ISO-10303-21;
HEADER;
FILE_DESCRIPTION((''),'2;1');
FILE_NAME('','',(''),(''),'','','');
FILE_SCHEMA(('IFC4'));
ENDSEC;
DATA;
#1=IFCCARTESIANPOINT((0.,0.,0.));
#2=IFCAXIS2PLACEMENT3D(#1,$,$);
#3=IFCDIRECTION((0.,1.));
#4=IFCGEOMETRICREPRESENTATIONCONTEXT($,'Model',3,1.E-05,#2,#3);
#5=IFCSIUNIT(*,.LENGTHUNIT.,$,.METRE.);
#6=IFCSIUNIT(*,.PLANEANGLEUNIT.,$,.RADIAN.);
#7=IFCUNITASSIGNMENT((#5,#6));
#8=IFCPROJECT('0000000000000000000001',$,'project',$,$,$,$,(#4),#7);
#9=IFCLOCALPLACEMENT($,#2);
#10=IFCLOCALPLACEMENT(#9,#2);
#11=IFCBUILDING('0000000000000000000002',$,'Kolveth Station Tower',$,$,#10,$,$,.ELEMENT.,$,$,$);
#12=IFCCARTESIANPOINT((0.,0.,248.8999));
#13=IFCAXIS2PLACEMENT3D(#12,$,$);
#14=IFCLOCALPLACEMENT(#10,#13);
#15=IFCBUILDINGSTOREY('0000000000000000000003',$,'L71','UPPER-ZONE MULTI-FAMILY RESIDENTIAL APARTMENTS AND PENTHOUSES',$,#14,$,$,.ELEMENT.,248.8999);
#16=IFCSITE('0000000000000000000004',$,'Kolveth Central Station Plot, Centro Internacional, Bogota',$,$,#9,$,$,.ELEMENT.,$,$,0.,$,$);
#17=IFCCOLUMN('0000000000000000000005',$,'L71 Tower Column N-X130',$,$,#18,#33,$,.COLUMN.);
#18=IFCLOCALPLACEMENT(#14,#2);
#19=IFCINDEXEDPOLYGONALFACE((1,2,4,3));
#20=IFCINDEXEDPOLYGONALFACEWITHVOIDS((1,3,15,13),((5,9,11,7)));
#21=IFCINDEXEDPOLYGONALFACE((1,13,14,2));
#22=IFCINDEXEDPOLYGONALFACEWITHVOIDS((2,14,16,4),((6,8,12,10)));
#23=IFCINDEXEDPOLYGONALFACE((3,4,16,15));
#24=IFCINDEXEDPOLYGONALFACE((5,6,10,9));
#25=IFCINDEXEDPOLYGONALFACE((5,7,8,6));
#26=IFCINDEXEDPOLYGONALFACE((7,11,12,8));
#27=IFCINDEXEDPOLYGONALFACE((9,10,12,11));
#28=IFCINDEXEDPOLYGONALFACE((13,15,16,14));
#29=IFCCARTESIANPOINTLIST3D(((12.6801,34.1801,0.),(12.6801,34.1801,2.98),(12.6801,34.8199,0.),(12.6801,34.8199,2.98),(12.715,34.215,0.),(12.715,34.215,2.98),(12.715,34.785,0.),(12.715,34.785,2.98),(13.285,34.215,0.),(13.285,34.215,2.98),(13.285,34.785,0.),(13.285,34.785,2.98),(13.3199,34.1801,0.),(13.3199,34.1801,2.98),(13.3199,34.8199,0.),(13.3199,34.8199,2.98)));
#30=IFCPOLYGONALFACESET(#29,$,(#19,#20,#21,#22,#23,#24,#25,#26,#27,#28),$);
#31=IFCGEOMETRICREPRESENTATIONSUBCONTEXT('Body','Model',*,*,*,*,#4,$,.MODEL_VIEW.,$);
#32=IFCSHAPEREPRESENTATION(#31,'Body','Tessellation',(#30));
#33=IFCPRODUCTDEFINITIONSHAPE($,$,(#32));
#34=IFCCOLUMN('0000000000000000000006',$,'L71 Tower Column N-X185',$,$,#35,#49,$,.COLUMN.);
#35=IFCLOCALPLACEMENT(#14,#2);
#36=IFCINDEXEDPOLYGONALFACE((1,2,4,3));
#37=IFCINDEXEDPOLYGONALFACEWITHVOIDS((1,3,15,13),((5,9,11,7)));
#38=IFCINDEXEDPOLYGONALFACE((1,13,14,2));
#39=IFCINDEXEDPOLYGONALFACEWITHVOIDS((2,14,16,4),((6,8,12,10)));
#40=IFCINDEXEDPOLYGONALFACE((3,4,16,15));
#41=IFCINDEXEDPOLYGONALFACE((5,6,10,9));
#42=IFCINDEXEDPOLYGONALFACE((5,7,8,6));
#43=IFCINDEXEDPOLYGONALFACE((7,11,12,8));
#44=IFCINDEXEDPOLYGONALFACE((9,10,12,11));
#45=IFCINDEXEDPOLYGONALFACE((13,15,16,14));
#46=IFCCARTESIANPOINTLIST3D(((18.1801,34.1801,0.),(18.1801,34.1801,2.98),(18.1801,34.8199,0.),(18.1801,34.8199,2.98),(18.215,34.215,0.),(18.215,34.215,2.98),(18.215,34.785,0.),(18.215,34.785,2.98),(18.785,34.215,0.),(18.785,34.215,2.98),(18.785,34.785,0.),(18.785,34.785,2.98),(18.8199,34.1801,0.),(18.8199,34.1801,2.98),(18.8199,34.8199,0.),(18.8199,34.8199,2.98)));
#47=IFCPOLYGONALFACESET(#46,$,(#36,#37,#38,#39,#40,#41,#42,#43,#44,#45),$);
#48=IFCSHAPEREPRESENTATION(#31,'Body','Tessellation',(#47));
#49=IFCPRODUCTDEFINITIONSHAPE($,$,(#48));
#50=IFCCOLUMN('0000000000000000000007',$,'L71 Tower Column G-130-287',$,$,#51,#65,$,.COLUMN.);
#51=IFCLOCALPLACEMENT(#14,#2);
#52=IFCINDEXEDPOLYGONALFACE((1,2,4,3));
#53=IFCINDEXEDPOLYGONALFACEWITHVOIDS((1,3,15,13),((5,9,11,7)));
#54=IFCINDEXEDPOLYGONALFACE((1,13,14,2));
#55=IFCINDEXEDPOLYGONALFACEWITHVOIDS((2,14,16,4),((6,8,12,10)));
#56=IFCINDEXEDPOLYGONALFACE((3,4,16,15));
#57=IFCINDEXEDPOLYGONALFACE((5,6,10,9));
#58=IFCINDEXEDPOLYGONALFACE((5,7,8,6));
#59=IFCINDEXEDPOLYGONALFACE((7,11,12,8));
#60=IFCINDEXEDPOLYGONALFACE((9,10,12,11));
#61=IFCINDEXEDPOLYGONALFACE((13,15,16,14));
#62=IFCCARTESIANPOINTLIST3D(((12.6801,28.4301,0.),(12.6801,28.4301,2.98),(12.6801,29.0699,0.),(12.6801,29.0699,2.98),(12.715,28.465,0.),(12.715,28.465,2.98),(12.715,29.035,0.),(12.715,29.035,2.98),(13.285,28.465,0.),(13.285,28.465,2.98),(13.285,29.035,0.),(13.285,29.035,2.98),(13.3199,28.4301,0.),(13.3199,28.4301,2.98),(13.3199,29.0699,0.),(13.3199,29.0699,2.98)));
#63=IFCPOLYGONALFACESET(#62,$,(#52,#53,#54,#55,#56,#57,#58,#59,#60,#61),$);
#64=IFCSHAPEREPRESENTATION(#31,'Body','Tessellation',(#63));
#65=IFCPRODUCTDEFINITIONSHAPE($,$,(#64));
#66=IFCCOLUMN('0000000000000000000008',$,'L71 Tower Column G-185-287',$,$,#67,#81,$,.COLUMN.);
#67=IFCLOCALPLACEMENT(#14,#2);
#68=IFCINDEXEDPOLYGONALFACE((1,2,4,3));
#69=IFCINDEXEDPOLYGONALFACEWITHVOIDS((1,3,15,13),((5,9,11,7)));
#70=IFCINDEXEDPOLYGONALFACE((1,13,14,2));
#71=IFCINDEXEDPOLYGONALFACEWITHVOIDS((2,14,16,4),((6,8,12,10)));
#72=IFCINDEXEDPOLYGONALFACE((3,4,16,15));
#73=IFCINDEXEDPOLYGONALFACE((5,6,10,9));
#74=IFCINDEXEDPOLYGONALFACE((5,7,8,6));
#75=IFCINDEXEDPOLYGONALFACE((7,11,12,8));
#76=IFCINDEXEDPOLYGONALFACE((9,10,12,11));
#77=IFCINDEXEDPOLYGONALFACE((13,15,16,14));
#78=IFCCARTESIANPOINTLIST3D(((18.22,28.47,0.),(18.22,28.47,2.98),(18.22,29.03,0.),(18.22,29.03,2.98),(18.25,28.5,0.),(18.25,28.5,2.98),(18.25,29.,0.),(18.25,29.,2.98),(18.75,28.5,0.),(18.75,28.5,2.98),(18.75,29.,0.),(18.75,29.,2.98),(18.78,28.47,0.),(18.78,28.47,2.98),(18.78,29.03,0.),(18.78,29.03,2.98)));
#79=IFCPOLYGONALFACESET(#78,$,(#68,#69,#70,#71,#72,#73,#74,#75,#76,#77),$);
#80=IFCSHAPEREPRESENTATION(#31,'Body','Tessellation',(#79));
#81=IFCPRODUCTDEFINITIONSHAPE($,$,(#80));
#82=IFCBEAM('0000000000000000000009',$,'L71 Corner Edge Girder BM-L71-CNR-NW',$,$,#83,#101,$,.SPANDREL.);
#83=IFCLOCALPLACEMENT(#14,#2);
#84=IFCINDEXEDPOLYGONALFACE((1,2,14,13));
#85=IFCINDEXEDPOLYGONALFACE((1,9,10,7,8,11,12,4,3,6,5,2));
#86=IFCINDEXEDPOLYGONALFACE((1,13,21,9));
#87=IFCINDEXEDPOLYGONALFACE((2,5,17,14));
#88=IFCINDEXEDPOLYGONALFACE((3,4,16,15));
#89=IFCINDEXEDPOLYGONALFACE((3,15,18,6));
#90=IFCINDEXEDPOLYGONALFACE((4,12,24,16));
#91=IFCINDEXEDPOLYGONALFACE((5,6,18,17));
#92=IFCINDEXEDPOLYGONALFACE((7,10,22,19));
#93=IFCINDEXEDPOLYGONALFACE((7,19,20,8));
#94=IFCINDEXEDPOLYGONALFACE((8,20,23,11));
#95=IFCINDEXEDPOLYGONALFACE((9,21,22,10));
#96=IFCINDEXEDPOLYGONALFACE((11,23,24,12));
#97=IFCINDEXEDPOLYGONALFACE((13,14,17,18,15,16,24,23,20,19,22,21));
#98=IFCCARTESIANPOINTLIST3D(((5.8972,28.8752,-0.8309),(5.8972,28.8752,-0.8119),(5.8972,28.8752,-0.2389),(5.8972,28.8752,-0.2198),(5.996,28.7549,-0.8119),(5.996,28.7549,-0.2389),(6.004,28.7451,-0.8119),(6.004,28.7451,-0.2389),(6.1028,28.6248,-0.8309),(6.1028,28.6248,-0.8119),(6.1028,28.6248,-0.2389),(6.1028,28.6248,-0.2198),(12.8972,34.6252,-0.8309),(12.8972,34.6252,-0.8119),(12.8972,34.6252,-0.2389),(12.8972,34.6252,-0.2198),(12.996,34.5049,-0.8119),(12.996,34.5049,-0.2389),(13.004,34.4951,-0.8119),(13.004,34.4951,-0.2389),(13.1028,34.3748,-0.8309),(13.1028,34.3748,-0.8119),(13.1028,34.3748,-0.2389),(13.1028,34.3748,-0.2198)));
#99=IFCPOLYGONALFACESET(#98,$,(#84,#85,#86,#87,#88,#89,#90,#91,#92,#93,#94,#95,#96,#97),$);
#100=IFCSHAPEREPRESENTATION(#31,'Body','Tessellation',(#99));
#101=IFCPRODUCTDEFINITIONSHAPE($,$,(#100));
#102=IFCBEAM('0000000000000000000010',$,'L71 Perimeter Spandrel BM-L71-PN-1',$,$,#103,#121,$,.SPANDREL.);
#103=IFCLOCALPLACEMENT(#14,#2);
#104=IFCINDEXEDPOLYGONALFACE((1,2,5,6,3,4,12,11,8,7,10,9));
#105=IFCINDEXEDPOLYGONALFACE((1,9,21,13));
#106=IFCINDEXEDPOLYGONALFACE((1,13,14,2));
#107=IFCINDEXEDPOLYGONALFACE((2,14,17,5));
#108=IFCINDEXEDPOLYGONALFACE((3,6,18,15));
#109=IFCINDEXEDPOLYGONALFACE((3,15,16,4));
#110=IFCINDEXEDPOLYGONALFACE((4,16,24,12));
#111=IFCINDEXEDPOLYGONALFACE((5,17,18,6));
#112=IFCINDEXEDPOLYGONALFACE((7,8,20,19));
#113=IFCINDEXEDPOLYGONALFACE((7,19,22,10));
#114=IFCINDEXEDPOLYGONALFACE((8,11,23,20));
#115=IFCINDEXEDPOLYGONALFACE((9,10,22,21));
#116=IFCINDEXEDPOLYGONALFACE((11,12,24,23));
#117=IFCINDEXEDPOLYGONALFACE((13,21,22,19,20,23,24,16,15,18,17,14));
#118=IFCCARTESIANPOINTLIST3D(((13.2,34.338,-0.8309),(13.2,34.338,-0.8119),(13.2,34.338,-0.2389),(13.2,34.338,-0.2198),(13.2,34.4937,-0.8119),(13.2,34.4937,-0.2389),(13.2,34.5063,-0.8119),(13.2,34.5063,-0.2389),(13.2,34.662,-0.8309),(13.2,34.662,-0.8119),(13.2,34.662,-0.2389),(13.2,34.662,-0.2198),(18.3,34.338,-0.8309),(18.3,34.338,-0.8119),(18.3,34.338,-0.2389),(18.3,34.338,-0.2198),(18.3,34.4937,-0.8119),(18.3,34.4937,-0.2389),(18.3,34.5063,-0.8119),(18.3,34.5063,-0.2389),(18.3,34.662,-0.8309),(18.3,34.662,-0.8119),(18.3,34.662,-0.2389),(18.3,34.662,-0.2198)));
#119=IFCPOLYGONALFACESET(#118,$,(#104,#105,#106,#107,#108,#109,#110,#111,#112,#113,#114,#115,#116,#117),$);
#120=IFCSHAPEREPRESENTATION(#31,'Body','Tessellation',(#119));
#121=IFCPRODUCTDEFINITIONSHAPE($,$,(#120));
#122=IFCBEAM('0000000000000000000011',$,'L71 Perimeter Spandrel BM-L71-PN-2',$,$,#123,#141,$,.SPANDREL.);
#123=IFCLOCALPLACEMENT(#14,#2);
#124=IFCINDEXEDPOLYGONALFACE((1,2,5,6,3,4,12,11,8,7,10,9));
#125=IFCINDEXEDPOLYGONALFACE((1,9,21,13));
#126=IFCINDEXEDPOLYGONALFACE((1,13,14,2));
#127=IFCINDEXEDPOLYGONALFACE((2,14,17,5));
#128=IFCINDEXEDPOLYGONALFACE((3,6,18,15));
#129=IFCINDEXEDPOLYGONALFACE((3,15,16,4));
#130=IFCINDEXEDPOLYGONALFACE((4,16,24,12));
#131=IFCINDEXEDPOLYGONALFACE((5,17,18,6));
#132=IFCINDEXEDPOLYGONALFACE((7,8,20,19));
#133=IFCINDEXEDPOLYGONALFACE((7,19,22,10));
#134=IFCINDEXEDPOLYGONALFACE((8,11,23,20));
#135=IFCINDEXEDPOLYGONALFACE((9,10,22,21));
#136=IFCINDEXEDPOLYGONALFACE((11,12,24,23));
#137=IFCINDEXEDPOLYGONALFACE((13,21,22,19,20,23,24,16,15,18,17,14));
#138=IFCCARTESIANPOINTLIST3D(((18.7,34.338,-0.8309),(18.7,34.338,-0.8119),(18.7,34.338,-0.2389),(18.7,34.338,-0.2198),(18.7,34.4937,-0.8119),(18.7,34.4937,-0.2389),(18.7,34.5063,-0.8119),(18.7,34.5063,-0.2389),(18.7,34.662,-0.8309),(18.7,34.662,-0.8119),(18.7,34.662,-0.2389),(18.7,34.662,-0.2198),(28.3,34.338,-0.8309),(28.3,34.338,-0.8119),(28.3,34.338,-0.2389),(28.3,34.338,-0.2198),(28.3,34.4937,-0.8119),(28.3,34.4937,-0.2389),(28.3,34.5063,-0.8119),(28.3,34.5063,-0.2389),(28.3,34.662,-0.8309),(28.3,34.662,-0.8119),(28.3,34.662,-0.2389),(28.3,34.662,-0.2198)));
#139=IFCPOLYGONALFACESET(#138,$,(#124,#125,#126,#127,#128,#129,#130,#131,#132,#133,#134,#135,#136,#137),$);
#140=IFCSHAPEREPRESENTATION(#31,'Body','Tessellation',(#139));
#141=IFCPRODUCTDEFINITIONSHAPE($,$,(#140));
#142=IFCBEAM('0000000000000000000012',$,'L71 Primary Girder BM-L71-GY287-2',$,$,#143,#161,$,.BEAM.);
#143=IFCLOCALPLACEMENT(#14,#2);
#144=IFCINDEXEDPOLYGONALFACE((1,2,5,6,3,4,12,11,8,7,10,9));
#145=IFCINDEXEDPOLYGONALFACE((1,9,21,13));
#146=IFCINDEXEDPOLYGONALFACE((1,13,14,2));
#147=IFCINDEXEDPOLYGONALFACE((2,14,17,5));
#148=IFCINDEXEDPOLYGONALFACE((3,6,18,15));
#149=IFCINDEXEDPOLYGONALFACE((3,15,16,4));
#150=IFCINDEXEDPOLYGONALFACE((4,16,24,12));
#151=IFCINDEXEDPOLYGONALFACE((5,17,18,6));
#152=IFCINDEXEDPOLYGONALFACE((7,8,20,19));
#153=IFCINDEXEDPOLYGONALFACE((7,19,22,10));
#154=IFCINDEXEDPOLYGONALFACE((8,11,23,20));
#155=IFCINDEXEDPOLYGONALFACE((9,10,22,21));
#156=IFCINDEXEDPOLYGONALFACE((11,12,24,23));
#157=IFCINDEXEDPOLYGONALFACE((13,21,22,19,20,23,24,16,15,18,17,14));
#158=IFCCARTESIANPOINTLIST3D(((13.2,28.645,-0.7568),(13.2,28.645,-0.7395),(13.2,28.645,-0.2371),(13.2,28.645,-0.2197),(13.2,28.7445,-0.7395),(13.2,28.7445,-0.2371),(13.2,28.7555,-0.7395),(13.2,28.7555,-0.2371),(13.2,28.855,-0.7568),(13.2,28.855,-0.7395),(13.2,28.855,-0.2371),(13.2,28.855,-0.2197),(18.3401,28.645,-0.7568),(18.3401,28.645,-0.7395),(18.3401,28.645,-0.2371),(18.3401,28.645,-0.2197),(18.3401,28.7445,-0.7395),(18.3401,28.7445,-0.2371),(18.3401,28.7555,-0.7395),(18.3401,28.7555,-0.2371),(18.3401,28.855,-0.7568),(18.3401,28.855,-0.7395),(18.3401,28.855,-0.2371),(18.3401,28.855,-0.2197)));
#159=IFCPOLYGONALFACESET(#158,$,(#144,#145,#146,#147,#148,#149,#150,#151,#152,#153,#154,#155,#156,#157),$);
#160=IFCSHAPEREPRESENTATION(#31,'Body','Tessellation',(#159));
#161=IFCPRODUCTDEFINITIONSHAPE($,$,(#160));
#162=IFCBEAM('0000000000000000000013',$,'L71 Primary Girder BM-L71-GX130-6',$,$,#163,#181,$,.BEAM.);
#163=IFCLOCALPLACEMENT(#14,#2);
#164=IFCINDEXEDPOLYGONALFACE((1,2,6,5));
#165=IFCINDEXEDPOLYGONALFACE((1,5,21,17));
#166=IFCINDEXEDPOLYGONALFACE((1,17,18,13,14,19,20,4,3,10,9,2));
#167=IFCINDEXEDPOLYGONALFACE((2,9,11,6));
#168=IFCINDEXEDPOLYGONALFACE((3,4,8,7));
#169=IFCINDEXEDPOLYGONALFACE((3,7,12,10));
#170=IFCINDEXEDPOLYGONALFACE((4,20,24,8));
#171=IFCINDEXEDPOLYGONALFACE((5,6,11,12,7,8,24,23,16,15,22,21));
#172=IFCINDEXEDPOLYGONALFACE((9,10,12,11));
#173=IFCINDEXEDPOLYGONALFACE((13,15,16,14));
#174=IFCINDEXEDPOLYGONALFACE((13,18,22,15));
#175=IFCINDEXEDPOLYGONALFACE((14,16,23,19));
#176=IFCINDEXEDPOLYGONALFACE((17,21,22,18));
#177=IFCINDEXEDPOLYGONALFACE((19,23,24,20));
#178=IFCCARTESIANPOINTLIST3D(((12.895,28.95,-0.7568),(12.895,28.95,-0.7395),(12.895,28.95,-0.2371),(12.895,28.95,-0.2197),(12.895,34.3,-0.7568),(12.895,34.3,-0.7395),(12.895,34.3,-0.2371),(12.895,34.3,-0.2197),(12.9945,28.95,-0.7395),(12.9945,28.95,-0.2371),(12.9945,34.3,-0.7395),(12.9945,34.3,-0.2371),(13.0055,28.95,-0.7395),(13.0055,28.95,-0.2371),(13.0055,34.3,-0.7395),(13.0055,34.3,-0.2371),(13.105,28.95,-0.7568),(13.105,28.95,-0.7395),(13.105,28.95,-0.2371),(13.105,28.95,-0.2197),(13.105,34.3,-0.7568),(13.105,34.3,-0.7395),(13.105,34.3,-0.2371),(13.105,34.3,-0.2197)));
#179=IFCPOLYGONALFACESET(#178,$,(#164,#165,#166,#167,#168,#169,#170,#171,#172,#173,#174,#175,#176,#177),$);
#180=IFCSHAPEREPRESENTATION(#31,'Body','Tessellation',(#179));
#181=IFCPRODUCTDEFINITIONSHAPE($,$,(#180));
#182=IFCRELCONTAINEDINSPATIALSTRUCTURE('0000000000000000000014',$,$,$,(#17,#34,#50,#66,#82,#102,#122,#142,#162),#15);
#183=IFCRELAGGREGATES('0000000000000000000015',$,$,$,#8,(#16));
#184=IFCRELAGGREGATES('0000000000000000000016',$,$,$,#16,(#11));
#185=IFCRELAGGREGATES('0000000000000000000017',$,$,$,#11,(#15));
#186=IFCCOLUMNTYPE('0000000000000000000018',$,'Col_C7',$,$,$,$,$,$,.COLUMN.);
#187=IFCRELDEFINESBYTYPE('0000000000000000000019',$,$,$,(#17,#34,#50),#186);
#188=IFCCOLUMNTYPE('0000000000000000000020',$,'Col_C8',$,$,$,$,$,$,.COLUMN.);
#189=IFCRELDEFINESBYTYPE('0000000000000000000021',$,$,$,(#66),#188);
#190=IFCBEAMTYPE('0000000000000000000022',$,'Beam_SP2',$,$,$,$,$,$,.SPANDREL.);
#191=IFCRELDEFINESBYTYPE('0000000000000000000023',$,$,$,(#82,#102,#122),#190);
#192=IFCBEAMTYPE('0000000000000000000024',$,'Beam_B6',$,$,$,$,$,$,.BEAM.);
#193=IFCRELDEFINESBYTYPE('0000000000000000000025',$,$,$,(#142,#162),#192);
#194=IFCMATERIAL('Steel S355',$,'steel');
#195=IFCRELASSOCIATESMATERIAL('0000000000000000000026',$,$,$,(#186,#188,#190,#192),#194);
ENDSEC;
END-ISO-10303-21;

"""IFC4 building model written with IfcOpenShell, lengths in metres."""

from ifc_helpers import new_model, si_unit, direction, frame, origin, origin_2d, place, context, subcontext, project, spatial, hollow_rectangle, i_section, extrude, source, transform, mapped, material, material_profile, profile_set, type_object, element, save


model = new_model("IFC4")

# Units and contexts
model_context = context("Model", 3, precision=1e-05, world=origin(), true_north=direction((0.0, 1.0)))
body_context = subcontext(model_context, "Body", "Model", "MODEL_VIEW")
ifc_project = project(units=[si_unit("LENGTHUNIT", "METRE"), si_unit("PLANEANGLEUNIT", "RADIAN")], contexts=[model_context])

# Site, building, storey
site_placement = place(None, origin())
site = spatial("IfcSite", under=ifc_project, at=site_placement, Name="Kolveth Central Station Plot, Centro Internacional, Bogota", CompositionType="ELEMENT", RefElevation=0.0)
building_placement = place(site_placement, origin())
building = spatial("IfcBuilding", under=site, at=building_placement, Name="Kolveth Station Tower", CompositionType="ELEMENT")
storey_placement = place(building_placement, frame((0.0, 0.0, 248.8999)))
storey = spatial("IfcBuildingStorey", under=building, at=storey_placement, Name="L71", Description="UPPER-ZONE MULTI-FAMILY RESIDENTIAL APARTMENTS AND PENTHOUSES", CompositionType="ELEMENT", Elevation=248.8999)

# Columns
ifc_material_1 = material(Name="Steel S355", Category="steel")
ifc_material_profile_1 = material_profile(ifc_material_1, hollow_rectangle(XDim=0.6399, YDim=0.6399, WallThickness=0.0349, at=origin_2d()), Name="BOX640x640x35")
ifc_profile_set_1 = profile_set([ifc_material_profile_1], Name="Steel S355")
column_type_1 = type_object("IfcColumnType", Name="Col_C7", PredefinedType="COLUMN", material=ifc_profile_set_1)
shared_shape_1 = source(origin(), body_context, "Body", "SweptSolid", [
    extrude(hollow_rectangle(XDim=0.6399, YDim=0.6399, WallThickness=0.0349, at=origin_2d()), origin(), (0.0, 0.0, 1.0), 2.98),
])
for number, where, z_axis, x_axis, name in (
    (1, (13.0, 34.5, 0.0), (0.0, 0.0, 1.0), (1.0, 0.0, 0.0), "L71 Tower Column N-X130"),
    (2, (18.5, 34.5, 0.0), (0.0, 0.0, 1.0), (1.0, 0.0, 0.0), "L71 Tower Column N-X185"),
    (3, (13.0, 28.75, 0.0), (0.0, 0.0, 1.0), (1.0, 0.0, 0.0), "L71 Tower Column G-130-287"),
):
    element("IfcColumn", number, at=place(storey_placement, frame(where, z_axis=z_axis, x_axis=x_axis)), inside=storey, type_object=column_type_1, Name=name, PredefinedType="COLUMN", context=body_context, shape_type="MappedRepresentation", body=[
        mapped(shared_shape_1, transform((0.0, 0.0, 0.0), x_axis=(1.0, 0.0, 0.0), y_axis=(0.0, 1.0, 0.0), z_axis=(0.0, 0.0, 1.0), scale=1.0)),
    ])
ifc_material_profile_2 = material_profile(ifc_material_1, hollow_rectangle(XDim=0.5601, YDim=0.5601, WallThickness=0.03, at=origin_2d()), Name="BOX560x560x30")
ifc_profile_set_2 = profile_set([ifc_material_profile_2], Name="Steel S355")
column_type_2 = type_object("IfcColumnType", Name="Col_C8", PredefinedType="COLUMN", material=ifc_profile_set_2)
shared_shape_2 = source(origin(), body_context, "Body", "SweptSolid", [
    extrude(hollow_rectangle(XDim=0.5601, YDim=0.5601, WallThickness=0.03, at=origin_2d()), origin(), (0.0, 0.0, 1.0), 2.98),
])
column_placement = place(storey_placement, frame((18.5, 28.75, 0.0), z_axis=(0.0, 0.0, 1.0), x_axis=(1.0, 0.0, 0.0)))
element("IfcColumn", 4, at=column_placement, inside=storey, type_object=column_type_2, Name="L71 Tower Column G-185-287", PredefinedType="COLUMN", context=body_context, shape_type="MappedRepresentation", body=[
    mapped(shared_shape_2, transform((0.0, 0.0, 0.0), x_axis=(1.0, 0.0, 0.0), y_axis=(0.0, 1.0, 0.0), z_axis=(0.0, 0.0, 1.0), scale=1.0)),
])

# Beams
ifc_material_profile_3 = material_profile(ifc_material_1, i_section(OverallWidth=0.324, OverallDepth=0.6111, WebThickness=0.0127, FlangeThickness=0.019, at=origin_2d()), Name="W610x155")
ifc_profile_set_3 = profile_set([ifc_material_profile_3], Name="Steel S355")
beam_type_1 = type_object("IfcBeamType", Name="Beam_SP2", PredefinedType="SPANDREL", material=ifc_profile_set_3)
shared_shape_3 = source(origin(), body_context, "Body", "SweptSolid", [
    extrude(i_section(OverallWidth=0.324, OverallDepth=0.6111, WebThickness=0.0127, FlangeThickness=0.019, at=origin_2d()), origin(), (0.0, 0.0, 1.0), 9.0588),
])
beam_1_placement = place(storey_placement, frame((13.0, 34.5, -0.5254), z_axis=(-0.772726, -0.634739, 0.0), x_axis=(0.634739, -0.772726, 0.0)))
element("IfcBeam", 5, at=beam_1_placement, inside=storey, type_object=beam_type_1, Name="L71 Corner Edge Girder BM-L71-CNR-NW", PredefinedType="SPANDREL", context=body_context, shape_type="MappedRepresentation", body=[
    mapped(shared_shape_3, transform((0.0, 0.0, 0.0), x_axis=(1.0, 0.0, 0.0), y_axis=(0.0, 1.0, 0.0), z_axis=(0.0, 0.0, 1.0), scale=1.0)),
])
shared_shape_4 = source(origin(), body_context, "Body", "SweptSolid", [
    extrude(i_section(OverallWidth=0.324, OverallDepth=0.6111, WebThickness=0.0127, FlangeThickness=0.019, at=origin_2d()), origin(), (0.0, 0.0, 1.0), 5.1001),
])
beam_2_placement = place(storey_placement, frame((13.2, 34.5, -0.5254), z_axis=(1.0, 0.0, 0.0), x_axis=(0.0, 1.0, 0.0)))
element("IfcBeam", 6, at=beam_2_placement, inside=storey, type_object=beam_type_1, Name="L71 Perimeter Spandrel BM-L71-PN-1", PredefinedType="SPANDREL", context=body_context, shape_type="MappedRepresentation", body=[
    mapped(shared_shape_4, transform((0.0, 0.0, 0.0), x_axis=(1.0, 0.0, 0.0), y_axis=(0.0, 1.0, 0.0), z_axis=(0.0, 0.0, 1.0), scale=1.0)),
])
shared_shape_5 = source(origin(), body_context, "Body", "SweptSolid", [
    extrude(i_section(OverallWidth=0.324, OverallDepth=0.6111, WebThickness=0.0127, FlangeThickness=0.019, at=origin_2d()), origin(), (0.0, 0.0, 1.0), 9.6001),
])
beam_3_placement = place(storey_placement, frame((18.7, 34.5, -0.5254), z_axis=(1.0, 0.0, 0.0), x_axis=(0.0, 1.0, 0.0)))
element("IfcBeam", 7, at=beam_3_placement, inside=storey, type_object=beam_type_1, Name="L71 Perimeter Spandrel BM-L71-PN-2", PredefinedType="SPANDREL", context=body_context, shape_type="MappedRepresentation", body=[
    mapped(shared_shape_5, transform((0.0, 0.0, 0.0), x_axis=(1.0, 0.0, 0.0), y_axis=(0.0, 1.0, 0.0), z_axis=(0.0, 0.0, 1.0), scale=1.0)),
])
ifc_material_profile_4 = material_profile(ifc_material_1, i_section(OverallWidth=0.21, OverallDepth=0.5371, WebThickness=0.011, FlangeThickness=0.0173, at=origin_2d()), Name="W530x101")
ifc_profile_set_4 = profile_set([ifc_material_profile_4], Name="Steel S355")
beam_type_2 = type_object("IfcBeamType", Name="Beam_B6", PredefinedType="BEAM", material=ifc_profile_set_4)
shared_shape_6 = source(origin(), body_context, "Body", "SweptSolid", [
    extrude(i_section(OverallWidth=0.21, OverallDepth=0.5371, WebThickness=0.011, FlangeThickness=0.0173, at=origin_2d()), origin(), (0.0, 0.0, 1.0), 5.1401),
])
beam_4_placement = place(storey_placement, frame((13.2, 28.75, -0.4883), z_axis=(1.0, 0.0, 0.0), x_axis=(0.0, 1.0, 0.0)))
element("IfcBeam", 8, at=beam_4_placement, inside=storey, type_object=beam_type_2, Name="L71 Primary Girder BM-L71-GY287-2", PredefinedType="BEAM", context=body_context, shape_type="MappedRepresentation", body=[
    mapped(shared_shape_6, transform((0.0, 0.0, 0.0), x_axis=(1.0, 0.0, 0.0), y_axis=(0.0, 1.0, 0.0), z_axis=(0.0, 0.0, 1.0), scale=1.0)),
])
shared_shape_7 = source(origin(), body_context, "Body", "SweptSolid", [
    extrude(i_section(OverallWidth=0.21, OverallDepth=0.5371, WebThickness=0.011, FlangeThickness=0.0173, at=origin_2d()), origin(), (0.0, 0.0, 1.0), 5.3501),
])
beam_5_placement = place(storey_placement, frame((13.0, 28.95, -0.4883), z_axis=(0.0, 1.0, 0.0), x_axis=(-1.0, 0.0, 0.0)))
element("IfcBeam", 9, at=beam_5_placement, inside=storey, type_object=beam_type_2, Name="L71 Primary Girder BM-L71-GX130-6", PredefinedType="BEAM", context=body_context, shape_type="MappedRepresentation", body=[
    mapped(shared_shape_7, transform((0.0, 0.0, 0.0), x_axis=(1.0, 0.0, 0.0), y_axis=(0.0, 1.0, 0.0), z_axis=(0.0, 0.0, 1.0), scale=1.0)),
])

save(model, "model.ifc")
